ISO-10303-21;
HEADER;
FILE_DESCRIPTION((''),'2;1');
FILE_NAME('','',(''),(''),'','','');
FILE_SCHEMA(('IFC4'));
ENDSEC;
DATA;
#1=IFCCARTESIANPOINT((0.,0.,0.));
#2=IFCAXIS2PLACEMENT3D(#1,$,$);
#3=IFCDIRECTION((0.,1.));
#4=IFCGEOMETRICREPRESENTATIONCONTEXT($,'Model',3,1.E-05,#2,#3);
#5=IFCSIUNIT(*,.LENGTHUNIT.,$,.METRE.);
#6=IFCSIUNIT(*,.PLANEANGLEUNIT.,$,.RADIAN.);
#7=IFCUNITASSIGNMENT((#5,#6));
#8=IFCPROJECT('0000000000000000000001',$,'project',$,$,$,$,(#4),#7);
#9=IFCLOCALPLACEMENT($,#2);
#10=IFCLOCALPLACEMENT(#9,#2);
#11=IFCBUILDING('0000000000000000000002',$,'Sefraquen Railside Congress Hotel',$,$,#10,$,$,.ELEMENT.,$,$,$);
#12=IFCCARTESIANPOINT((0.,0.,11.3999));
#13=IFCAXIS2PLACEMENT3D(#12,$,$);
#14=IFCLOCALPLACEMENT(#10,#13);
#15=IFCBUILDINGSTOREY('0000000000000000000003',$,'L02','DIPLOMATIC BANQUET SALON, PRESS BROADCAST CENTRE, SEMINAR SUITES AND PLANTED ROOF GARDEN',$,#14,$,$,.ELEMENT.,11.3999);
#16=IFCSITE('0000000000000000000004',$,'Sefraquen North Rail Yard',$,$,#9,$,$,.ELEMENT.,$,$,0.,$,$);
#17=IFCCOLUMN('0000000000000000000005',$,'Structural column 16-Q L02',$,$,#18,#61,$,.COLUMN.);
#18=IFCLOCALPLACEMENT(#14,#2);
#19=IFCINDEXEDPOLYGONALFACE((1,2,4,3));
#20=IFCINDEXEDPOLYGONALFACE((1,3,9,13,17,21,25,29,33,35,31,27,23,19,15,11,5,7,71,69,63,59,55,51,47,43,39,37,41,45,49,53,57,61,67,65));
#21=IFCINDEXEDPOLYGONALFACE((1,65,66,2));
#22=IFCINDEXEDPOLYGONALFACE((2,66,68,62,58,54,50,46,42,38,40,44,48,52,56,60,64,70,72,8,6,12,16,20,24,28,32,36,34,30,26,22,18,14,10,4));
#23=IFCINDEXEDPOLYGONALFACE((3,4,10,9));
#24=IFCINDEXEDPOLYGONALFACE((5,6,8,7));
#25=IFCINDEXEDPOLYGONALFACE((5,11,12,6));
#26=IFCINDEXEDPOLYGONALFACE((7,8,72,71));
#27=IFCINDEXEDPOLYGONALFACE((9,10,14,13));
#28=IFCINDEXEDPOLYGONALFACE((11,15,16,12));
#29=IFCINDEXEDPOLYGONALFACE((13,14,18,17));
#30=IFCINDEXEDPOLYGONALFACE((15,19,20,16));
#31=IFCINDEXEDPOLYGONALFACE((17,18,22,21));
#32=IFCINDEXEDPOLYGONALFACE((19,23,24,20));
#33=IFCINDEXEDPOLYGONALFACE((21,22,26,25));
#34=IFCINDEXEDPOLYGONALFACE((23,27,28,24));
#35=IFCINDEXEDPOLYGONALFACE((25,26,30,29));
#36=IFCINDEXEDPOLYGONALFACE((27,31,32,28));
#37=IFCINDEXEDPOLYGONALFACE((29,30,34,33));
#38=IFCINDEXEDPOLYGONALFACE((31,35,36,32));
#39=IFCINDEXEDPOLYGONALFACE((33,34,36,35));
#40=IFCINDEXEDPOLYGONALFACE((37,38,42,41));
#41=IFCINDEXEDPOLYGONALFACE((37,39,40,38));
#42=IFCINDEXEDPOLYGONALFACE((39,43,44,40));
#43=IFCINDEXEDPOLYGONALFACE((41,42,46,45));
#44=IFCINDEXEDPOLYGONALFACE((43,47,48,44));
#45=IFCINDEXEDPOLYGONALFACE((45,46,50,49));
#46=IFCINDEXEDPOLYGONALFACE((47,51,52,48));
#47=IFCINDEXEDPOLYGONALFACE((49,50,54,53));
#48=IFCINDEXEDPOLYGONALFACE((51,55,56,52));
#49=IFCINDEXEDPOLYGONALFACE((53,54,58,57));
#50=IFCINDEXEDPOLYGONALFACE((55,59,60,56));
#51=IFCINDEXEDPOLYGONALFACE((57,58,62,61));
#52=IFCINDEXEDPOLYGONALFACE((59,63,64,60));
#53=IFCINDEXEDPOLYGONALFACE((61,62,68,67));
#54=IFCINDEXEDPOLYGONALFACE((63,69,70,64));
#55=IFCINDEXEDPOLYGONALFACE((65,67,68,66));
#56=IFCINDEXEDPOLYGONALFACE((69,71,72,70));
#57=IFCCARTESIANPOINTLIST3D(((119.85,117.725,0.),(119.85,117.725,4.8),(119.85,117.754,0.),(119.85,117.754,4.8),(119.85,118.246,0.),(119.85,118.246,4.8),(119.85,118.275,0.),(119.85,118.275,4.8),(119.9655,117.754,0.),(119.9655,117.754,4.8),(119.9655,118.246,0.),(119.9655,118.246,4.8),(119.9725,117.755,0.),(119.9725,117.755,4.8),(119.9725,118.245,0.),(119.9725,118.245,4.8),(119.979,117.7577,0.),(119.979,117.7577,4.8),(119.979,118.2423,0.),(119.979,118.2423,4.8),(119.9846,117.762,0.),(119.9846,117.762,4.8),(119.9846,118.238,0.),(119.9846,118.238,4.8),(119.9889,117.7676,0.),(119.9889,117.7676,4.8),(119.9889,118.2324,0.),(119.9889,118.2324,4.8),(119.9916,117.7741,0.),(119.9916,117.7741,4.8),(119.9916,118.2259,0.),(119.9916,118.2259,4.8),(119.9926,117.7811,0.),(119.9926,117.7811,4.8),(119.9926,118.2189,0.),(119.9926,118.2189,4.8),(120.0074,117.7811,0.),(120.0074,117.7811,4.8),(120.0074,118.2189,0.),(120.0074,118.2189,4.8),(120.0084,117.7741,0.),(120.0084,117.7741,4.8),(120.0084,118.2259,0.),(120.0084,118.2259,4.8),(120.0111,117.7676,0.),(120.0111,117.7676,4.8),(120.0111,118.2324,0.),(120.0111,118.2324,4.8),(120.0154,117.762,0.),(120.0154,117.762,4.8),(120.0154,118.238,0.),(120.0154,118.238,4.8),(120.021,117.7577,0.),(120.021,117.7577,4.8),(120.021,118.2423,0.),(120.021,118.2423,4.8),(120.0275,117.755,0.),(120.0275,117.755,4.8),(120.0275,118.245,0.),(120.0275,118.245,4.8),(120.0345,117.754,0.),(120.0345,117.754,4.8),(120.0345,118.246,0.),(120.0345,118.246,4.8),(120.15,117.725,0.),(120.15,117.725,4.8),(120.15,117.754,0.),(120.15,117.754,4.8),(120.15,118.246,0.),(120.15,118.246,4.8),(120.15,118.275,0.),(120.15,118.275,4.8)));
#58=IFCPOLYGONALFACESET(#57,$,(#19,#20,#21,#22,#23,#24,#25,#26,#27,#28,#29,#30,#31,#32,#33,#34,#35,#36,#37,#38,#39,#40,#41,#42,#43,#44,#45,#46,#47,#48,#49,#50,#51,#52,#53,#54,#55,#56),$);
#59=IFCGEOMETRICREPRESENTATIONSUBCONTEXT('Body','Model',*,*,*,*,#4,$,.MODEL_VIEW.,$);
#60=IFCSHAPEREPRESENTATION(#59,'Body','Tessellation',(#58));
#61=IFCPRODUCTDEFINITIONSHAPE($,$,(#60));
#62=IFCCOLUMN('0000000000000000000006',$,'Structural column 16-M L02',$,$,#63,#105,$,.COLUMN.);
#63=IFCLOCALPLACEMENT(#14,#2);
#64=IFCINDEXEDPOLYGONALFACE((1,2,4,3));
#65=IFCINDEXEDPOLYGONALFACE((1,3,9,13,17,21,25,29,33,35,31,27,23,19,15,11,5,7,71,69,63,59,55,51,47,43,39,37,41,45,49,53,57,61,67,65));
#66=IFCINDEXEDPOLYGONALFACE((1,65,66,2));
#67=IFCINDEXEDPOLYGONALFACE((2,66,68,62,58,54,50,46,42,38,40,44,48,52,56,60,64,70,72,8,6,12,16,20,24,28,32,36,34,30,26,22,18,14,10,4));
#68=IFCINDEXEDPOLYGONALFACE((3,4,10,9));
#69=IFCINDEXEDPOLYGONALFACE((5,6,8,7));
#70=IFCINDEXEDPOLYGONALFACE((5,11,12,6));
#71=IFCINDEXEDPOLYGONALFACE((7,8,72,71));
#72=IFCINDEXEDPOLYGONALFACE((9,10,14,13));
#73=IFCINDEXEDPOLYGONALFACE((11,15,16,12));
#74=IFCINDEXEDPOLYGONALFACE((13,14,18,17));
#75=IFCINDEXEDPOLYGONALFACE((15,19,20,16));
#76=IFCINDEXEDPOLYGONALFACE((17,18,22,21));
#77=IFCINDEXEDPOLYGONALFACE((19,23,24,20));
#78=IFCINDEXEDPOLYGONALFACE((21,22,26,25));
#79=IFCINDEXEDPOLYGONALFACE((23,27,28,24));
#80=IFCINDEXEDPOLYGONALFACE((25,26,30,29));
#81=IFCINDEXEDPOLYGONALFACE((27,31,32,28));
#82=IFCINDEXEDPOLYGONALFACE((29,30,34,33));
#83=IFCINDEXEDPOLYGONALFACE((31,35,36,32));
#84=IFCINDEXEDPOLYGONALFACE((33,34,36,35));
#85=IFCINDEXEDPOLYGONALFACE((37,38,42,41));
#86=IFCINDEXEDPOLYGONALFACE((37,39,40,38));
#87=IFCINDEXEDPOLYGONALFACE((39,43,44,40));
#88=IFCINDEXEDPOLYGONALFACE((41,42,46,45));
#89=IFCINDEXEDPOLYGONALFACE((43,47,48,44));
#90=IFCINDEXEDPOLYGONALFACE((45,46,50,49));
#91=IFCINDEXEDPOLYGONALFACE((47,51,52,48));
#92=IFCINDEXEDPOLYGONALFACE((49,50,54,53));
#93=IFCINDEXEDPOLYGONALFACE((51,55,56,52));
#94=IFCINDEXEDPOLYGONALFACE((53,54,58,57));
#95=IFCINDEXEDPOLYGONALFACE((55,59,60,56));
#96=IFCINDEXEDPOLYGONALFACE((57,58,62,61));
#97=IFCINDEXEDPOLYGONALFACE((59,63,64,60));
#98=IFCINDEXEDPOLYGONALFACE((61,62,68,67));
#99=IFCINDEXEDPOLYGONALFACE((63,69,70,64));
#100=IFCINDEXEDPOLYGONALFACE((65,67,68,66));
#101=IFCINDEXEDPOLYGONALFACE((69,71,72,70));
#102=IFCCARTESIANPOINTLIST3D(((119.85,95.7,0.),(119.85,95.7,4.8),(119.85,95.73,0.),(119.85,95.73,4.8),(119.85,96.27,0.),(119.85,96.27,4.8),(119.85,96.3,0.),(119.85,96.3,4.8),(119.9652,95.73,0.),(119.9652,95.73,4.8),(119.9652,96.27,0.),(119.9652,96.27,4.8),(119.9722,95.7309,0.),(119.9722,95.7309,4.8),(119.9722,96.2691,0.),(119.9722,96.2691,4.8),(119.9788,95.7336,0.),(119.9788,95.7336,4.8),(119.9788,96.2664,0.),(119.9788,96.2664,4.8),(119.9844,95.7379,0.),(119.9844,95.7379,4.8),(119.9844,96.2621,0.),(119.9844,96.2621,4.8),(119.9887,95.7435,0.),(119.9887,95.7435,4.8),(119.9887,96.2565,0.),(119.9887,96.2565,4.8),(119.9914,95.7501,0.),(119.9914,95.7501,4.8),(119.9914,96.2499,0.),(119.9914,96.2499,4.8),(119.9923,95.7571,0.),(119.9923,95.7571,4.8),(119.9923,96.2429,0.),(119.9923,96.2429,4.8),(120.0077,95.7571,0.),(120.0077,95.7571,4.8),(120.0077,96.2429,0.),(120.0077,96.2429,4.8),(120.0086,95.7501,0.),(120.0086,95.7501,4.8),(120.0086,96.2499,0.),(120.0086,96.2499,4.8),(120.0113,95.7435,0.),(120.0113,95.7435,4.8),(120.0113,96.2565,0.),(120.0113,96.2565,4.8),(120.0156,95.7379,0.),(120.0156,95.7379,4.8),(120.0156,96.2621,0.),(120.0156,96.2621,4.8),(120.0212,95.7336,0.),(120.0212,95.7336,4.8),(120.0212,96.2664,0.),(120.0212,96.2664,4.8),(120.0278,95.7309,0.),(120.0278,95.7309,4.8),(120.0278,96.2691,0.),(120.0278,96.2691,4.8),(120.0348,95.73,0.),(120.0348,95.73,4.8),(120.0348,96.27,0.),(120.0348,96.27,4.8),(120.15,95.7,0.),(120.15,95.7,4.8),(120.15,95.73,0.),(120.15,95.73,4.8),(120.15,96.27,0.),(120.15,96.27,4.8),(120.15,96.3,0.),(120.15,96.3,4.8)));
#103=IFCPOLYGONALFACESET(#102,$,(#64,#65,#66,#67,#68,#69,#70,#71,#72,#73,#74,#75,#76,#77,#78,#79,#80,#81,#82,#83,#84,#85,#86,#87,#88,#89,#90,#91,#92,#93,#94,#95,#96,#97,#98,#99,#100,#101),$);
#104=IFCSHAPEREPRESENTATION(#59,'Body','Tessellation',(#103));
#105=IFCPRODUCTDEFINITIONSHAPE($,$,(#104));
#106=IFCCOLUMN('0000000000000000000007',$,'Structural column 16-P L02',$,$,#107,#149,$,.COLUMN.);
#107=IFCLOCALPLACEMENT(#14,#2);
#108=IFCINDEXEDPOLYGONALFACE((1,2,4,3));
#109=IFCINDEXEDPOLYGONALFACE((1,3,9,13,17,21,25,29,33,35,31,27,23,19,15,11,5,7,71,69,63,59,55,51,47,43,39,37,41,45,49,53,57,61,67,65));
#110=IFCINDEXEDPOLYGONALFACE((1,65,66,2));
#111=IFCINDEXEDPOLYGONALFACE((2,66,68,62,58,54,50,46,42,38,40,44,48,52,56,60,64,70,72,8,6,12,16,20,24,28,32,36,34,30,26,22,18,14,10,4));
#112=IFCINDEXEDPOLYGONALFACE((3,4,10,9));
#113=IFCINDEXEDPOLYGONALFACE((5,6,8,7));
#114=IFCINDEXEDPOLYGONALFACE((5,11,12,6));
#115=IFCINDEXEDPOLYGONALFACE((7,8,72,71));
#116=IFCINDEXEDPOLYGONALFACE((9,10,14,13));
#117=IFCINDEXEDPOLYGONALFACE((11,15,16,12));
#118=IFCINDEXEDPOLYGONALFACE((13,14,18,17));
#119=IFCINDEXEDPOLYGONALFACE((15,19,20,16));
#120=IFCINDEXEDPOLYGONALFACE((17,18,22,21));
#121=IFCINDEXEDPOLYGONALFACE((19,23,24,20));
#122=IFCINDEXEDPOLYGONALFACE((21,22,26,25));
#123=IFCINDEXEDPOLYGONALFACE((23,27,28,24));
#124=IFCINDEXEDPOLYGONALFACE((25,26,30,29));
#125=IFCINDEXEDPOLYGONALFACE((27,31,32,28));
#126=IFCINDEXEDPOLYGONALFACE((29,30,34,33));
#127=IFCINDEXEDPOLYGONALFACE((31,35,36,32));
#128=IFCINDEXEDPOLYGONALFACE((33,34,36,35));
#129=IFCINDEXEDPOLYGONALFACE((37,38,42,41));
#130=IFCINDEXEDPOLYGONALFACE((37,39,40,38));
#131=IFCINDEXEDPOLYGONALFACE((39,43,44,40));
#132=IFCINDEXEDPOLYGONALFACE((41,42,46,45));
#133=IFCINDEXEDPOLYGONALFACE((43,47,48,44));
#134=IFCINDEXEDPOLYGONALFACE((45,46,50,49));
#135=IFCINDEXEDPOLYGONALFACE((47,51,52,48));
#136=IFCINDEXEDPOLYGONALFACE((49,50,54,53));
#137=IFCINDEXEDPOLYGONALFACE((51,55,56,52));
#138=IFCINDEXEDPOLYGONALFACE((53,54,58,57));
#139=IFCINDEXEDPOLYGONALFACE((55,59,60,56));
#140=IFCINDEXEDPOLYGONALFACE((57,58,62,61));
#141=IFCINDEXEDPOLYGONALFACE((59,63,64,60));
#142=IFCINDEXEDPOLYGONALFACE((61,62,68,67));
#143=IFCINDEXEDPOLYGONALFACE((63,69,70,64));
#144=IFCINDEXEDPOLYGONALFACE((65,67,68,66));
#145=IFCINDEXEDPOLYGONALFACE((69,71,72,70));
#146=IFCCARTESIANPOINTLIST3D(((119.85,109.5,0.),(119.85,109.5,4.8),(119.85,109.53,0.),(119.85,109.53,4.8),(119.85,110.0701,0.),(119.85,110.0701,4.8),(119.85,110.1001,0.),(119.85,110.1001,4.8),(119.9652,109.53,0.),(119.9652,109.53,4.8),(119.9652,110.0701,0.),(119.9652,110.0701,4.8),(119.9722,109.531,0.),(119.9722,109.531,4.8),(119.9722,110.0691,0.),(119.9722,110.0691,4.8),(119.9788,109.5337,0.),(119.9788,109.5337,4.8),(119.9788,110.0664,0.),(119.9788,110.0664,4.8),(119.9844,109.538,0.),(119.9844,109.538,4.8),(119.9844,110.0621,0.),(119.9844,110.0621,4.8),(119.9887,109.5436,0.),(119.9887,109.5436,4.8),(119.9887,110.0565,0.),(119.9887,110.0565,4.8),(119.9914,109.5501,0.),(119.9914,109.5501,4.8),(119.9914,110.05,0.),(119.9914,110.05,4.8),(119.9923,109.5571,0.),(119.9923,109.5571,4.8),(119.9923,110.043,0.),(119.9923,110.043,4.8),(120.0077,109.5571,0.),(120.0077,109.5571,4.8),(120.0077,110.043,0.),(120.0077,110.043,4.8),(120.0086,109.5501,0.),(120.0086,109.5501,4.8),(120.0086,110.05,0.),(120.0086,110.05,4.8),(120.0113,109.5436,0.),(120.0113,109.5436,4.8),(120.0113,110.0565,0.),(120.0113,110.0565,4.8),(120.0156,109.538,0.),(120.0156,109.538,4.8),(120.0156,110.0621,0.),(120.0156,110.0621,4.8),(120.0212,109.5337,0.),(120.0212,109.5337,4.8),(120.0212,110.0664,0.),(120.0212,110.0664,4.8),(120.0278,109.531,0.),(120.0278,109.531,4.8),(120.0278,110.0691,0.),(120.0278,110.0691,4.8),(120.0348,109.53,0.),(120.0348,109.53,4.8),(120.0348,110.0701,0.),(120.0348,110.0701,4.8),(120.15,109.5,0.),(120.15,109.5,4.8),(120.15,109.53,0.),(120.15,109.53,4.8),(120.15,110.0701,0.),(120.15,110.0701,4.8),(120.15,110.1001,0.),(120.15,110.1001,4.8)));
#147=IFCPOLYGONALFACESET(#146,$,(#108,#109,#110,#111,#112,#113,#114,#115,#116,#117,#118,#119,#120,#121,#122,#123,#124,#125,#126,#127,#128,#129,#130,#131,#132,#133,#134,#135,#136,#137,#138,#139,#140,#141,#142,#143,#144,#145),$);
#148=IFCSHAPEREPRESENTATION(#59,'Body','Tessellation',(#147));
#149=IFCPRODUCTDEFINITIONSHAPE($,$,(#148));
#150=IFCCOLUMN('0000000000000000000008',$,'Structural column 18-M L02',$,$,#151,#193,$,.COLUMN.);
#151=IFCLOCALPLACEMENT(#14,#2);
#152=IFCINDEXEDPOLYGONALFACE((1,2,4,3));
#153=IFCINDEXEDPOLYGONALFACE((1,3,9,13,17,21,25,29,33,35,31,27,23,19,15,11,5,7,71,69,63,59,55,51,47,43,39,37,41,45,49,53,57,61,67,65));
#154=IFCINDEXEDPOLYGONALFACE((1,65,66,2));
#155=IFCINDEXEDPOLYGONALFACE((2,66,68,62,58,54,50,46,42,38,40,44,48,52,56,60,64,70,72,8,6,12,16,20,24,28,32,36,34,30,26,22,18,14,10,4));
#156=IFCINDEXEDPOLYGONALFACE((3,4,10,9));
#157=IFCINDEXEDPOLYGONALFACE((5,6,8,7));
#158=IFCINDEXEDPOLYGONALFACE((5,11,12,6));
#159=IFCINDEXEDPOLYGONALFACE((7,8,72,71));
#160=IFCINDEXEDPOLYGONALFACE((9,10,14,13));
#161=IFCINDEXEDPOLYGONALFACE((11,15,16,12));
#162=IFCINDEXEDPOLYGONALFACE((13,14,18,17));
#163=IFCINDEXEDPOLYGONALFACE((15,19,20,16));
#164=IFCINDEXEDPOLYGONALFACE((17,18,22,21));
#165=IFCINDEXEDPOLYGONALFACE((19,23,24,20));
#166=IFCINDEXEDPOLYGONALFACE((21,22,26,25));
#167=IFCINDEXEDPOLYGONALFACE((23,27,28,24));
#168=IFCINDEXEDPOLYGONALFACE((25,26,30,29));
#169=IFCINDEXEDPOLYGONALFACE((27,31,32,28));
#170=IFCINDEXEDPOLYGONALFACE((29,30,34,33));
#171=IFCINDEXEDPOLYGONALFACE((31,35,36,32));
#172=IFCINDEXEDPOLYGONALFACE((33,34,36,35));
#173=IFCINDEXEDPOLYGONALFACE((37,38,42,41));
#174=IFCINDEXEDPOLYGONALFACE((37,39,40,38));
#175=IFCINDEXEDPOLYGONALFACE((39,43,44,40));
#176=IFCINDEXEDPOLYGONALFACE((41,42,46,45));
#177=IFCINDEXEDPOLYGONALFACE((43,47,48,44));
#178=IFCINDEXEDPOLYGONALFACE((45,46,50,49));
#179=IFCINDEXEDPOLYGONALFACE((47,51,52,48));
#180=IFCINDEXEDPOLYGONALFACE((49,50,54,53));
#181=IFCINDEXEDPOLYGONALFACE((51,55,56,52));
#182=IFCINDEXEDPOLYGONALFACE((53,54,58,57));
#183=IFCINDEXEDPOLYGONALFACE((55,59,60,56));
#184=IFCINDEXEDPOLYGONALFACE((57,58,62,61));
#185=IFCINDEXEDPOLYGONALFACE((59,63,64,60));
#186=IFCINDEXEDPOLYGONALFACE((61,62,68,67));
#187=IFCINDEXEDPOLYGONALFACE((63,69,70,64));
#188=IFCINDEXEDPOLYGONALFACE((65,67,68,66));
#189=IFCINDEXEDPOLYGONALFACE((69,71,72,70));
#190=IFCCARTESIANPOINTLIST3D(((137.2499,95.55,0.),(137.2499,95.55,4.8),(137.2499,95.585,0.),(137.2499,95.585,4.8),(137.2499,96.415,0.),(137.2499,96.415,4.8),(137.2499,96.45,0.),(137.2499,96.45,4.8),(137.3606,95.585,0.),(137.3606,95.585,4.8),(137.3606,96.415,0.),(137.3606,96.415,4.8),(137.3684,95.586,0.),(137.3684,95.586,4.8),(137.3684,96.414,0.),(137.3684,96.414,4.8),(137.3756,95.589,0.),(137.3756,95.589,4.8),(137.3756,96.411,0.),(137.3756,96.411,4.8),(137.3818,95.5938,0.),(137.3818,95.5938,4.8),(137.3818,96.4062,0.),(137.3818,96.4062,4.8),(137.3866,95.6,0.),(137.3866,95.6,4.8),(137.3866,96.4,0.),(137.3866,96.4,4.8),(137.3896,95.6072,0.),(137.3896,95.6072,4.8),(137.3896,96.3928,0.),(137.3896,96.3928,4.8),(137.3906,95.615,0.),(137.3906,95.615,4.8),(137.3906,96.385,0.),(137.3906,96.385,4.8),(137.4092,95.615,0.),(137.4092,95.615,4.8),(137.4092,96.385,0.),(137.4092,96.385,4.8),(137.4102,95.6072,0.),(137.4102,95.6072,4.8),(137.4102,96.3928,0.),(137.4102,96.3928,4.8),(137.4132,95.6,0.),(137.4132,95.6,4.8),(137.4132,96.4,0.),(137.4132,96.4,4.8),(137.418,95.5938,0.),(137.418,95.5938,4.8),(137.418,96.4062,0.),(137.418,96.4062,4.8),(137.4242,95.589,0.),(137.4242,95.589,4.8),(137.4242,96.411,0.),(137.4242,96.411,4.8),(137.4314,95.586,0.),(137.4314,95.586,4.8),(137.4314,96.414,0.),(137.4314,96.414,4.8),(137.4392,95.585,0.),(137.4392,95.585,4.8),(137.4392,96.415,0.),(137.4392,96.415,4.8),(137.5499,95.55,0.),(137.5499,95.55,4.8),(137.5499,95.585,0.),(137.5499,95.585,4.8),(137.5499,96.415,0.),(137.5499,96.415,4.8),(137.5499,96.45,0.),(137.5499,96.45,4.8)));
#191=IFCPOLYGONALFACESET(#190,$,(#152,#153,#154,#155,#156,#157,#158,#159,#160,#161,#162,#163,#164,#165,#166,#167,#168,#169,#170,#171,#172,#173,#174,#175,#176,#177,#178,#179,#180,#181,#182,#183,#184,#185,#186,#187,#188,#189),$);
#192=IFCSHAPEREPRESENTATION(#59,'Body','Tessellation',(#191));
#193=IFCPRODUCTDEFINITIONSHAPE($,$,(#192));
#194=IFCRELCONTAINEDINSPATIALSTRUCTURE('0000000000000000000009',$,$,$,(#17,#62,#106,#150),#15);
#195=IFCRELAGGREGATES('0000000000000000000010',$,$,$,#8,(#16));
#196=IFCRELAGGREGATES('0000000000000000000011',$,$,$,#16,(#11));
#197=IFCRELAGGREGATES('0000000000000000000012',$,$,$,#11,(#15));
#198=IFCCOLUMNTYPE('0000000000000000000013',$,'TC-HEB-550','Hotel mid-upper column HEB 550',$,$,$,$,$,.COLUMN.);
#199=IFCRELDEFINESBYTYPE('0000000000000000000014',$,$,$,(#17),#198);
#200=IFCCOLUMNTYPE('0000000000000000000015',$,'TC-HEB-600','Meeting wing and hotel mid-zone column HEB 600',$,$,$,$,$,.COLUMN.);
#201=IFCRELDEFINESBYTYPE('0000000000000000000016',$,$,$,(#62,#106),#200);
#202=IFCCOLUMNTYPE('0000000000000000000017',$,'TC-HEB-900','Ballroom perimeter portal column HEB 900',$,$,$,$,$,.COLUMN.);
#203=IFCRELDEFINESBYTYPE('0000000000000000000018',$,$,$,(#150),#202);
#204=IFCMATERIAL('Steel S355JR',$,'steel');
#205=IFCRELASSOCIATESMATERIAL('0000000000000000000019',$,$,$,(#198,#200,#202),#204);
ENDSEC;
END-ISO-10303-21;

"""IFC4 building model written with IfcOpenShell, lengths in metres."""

from ifc_helpers import new_model, si_unit, direction, frame, origin, origin_2d, place, context, subcontext, project, spatial, i_section, extrude, material, material_profile, profile_set, type_object, element, save


model = new_model("IFC4")

# Units and contexts
model_context = context("Model", 3, precision=1e-05, world=origin(), true_north=direction((0.0, 1.0)))
body_context = subcontext(model_context, "Body", "Model", "MODEL_VIEW")
ifc_project = project(units=[si_unit("LENGTHUNIT", "METRE"), si_unit("PLANEANGLEUNIT", "RADIAN")], contexts=[model_context])

# Site, building, storey
site_placement = place(None, origin())
site = spatial("IfcSite", under=ifc_project, at=site_placement, Name="Sefraquen North Rail Yard", CompositionType="ELEMENT", RefElevation=0.0)
building_placement = place(site_placement, origin())
building = spatial("IfcBuilding", under=site, at=building_placement, Name="Sefraquen Railside Congress Hotel", CompositionType="ELEMENT")
storey_placement = place(building_placement, frame((0.0, 0.0, 11.3999)))
storey = spatial("IfcBuildingStorey", under=building, at=storey_placement, Name="L02", Description="DIPLOMATIC BANQUET SALON, PRESS BROADCAST CENTRE, SEMINAR SUITES AND PLANTED ROOF GARDEN", CompositionType="ELEMENT", Elevation=11.3999)

# Columns
ifc_material_1 = material(Name="Steel S355JR", Category="steel")
ifc_material_profile_1 = material_profile(ifc_material_1, i_section(OverallWidth=0.3, OverallDepth=0.55, WebThickness=0.0149, FlangeThickness=0.0291, FilletRadius=0.0271, at=origin_2d()), Name="HEB 550")
ifc_profile_set_1 = profile_set([ifc_material_profile_1], Name="Steel S355JR")
column_type_1 = type_object("IfcColumnType", Name="TC-HEB-550", Description="Hotel mid-upper column HEB 550", PredefinedType="COLUMN", material=ifc_profile_set_1)
for number, where, z_axis, x_axis, name in (
    (1, (120.0, 118.0, 0.0), (0.0, 0.0, 1.0), (1.0, 0.0, 0.0), "Structural column 16-Q L02"),
):
    element("IfcColumn", number, at=place(storey_placement, frame(where, z_axis=z_axis, x_axis=x_axis)), inside=storey, type_object=column_type_1, Name=name, PredefinedType="COLUMN", context=body_context, shape_type="SweptSolid", body=[
        extrude(i_section(OverallWidth=0.3, OverallDepth=0.55, WebThickness=0.0149, FlangeThickness=0.0291, FilletRadius=0.0271, at=origin_2d()), origin(), (0.0, 0.0, 1.0), 4.8),
    ])
ifc_material_profile_2 = material_profile(ifc_material_1, i_section(OverallWidth=0.3, OverallDepth=0.6001, WebThickness=0.0154, FlangeThickness=0.03, FilletRadius=0.0271, at=origin_2d()), Name="HEB 600")
ifc_profile_set_2 = profile_set([ifc_material_profile_2], Name="Steel S355JR")
column_type_2 = type_object("IfcColumnType", Name="TC-HEB-600", Description="Meeting wing and hotel mid-zone column HEB 600", PredefinedType="COLUMN", material=ifc_profile_set_2)
for number, where, z_axis, x_axis, name in (
    (2, (120.0, 96.0, 0.0), (0.0, 0.0, 1.0), (1.0, 0.0, 0.0), "Structural column 16-M L02"),
    (3, (120.0, 109.8, 0.0), (0.0, 0.0, 1.0), (1.0, 0.0, 0.0), "Structural column 16-P L02"),
):
    element("IfcColumn", number, at=place(storey_placement, frame(where, z_axis=z_axis, x_axis=x_axis)), inside=storey, type_object=column_type_2, Name=name, PredefinedType="COLUMN", context=body_context, shape_type="SweptSolid", body=[
        extrude(i_section(OverallWidth=0.3, OverallDepth=0.6001, WebThickness=0.0154, FlangeThickness=0.03, FilletRadius=0.0271, at=origin_2d()), origin(), (0.0, 0.0, 1.0), 4.8),
    ])
ifc_material_profile_3 = material_profile(ifc_material_1, i_section(OverallWidth=0.3, OverallDepth=0.8999, WebThickness=0.0186, FlangeThickness=0.0349, FilletRadius=0.03, at=origin_2d()), Name="HEB 900")
ifc_profile_set_3 = profile_set([ifc_material_profile_3], Name="Steel S355JR")
column_type_3 = type_object("IfcColumnType", Name="TC-HEB-900", Description="Ballroom perimeter portal column HEB 900", PredefinedType="COLUMN", material=ifc_profile_set_3)
column_placement = place(storey_placement, frame((137.3999, 96.0, 0.0), z_axis=(0.0, 0.0, 1.0), x_axis=(1.0, 0.0, 0.0)))
element("IfcColumn", 4, at=column_placement, inside=storey, type_object=column_type_3, Name="Structural column 18-M L02", PredefinedType="COLUMN", context=body_context, shape_type="SweptSolid", body=[
    extrude(i_section(OverallWidth=0.3, OverallDepth=0.8999, WebThickness=0.0186, FlangeThickness=0.0349, FilletRadius=0.03, at=origin_2d()), origin(), (0.0, 0.0, 1.0), 4.8),
])

save(model, "model.ifc")
